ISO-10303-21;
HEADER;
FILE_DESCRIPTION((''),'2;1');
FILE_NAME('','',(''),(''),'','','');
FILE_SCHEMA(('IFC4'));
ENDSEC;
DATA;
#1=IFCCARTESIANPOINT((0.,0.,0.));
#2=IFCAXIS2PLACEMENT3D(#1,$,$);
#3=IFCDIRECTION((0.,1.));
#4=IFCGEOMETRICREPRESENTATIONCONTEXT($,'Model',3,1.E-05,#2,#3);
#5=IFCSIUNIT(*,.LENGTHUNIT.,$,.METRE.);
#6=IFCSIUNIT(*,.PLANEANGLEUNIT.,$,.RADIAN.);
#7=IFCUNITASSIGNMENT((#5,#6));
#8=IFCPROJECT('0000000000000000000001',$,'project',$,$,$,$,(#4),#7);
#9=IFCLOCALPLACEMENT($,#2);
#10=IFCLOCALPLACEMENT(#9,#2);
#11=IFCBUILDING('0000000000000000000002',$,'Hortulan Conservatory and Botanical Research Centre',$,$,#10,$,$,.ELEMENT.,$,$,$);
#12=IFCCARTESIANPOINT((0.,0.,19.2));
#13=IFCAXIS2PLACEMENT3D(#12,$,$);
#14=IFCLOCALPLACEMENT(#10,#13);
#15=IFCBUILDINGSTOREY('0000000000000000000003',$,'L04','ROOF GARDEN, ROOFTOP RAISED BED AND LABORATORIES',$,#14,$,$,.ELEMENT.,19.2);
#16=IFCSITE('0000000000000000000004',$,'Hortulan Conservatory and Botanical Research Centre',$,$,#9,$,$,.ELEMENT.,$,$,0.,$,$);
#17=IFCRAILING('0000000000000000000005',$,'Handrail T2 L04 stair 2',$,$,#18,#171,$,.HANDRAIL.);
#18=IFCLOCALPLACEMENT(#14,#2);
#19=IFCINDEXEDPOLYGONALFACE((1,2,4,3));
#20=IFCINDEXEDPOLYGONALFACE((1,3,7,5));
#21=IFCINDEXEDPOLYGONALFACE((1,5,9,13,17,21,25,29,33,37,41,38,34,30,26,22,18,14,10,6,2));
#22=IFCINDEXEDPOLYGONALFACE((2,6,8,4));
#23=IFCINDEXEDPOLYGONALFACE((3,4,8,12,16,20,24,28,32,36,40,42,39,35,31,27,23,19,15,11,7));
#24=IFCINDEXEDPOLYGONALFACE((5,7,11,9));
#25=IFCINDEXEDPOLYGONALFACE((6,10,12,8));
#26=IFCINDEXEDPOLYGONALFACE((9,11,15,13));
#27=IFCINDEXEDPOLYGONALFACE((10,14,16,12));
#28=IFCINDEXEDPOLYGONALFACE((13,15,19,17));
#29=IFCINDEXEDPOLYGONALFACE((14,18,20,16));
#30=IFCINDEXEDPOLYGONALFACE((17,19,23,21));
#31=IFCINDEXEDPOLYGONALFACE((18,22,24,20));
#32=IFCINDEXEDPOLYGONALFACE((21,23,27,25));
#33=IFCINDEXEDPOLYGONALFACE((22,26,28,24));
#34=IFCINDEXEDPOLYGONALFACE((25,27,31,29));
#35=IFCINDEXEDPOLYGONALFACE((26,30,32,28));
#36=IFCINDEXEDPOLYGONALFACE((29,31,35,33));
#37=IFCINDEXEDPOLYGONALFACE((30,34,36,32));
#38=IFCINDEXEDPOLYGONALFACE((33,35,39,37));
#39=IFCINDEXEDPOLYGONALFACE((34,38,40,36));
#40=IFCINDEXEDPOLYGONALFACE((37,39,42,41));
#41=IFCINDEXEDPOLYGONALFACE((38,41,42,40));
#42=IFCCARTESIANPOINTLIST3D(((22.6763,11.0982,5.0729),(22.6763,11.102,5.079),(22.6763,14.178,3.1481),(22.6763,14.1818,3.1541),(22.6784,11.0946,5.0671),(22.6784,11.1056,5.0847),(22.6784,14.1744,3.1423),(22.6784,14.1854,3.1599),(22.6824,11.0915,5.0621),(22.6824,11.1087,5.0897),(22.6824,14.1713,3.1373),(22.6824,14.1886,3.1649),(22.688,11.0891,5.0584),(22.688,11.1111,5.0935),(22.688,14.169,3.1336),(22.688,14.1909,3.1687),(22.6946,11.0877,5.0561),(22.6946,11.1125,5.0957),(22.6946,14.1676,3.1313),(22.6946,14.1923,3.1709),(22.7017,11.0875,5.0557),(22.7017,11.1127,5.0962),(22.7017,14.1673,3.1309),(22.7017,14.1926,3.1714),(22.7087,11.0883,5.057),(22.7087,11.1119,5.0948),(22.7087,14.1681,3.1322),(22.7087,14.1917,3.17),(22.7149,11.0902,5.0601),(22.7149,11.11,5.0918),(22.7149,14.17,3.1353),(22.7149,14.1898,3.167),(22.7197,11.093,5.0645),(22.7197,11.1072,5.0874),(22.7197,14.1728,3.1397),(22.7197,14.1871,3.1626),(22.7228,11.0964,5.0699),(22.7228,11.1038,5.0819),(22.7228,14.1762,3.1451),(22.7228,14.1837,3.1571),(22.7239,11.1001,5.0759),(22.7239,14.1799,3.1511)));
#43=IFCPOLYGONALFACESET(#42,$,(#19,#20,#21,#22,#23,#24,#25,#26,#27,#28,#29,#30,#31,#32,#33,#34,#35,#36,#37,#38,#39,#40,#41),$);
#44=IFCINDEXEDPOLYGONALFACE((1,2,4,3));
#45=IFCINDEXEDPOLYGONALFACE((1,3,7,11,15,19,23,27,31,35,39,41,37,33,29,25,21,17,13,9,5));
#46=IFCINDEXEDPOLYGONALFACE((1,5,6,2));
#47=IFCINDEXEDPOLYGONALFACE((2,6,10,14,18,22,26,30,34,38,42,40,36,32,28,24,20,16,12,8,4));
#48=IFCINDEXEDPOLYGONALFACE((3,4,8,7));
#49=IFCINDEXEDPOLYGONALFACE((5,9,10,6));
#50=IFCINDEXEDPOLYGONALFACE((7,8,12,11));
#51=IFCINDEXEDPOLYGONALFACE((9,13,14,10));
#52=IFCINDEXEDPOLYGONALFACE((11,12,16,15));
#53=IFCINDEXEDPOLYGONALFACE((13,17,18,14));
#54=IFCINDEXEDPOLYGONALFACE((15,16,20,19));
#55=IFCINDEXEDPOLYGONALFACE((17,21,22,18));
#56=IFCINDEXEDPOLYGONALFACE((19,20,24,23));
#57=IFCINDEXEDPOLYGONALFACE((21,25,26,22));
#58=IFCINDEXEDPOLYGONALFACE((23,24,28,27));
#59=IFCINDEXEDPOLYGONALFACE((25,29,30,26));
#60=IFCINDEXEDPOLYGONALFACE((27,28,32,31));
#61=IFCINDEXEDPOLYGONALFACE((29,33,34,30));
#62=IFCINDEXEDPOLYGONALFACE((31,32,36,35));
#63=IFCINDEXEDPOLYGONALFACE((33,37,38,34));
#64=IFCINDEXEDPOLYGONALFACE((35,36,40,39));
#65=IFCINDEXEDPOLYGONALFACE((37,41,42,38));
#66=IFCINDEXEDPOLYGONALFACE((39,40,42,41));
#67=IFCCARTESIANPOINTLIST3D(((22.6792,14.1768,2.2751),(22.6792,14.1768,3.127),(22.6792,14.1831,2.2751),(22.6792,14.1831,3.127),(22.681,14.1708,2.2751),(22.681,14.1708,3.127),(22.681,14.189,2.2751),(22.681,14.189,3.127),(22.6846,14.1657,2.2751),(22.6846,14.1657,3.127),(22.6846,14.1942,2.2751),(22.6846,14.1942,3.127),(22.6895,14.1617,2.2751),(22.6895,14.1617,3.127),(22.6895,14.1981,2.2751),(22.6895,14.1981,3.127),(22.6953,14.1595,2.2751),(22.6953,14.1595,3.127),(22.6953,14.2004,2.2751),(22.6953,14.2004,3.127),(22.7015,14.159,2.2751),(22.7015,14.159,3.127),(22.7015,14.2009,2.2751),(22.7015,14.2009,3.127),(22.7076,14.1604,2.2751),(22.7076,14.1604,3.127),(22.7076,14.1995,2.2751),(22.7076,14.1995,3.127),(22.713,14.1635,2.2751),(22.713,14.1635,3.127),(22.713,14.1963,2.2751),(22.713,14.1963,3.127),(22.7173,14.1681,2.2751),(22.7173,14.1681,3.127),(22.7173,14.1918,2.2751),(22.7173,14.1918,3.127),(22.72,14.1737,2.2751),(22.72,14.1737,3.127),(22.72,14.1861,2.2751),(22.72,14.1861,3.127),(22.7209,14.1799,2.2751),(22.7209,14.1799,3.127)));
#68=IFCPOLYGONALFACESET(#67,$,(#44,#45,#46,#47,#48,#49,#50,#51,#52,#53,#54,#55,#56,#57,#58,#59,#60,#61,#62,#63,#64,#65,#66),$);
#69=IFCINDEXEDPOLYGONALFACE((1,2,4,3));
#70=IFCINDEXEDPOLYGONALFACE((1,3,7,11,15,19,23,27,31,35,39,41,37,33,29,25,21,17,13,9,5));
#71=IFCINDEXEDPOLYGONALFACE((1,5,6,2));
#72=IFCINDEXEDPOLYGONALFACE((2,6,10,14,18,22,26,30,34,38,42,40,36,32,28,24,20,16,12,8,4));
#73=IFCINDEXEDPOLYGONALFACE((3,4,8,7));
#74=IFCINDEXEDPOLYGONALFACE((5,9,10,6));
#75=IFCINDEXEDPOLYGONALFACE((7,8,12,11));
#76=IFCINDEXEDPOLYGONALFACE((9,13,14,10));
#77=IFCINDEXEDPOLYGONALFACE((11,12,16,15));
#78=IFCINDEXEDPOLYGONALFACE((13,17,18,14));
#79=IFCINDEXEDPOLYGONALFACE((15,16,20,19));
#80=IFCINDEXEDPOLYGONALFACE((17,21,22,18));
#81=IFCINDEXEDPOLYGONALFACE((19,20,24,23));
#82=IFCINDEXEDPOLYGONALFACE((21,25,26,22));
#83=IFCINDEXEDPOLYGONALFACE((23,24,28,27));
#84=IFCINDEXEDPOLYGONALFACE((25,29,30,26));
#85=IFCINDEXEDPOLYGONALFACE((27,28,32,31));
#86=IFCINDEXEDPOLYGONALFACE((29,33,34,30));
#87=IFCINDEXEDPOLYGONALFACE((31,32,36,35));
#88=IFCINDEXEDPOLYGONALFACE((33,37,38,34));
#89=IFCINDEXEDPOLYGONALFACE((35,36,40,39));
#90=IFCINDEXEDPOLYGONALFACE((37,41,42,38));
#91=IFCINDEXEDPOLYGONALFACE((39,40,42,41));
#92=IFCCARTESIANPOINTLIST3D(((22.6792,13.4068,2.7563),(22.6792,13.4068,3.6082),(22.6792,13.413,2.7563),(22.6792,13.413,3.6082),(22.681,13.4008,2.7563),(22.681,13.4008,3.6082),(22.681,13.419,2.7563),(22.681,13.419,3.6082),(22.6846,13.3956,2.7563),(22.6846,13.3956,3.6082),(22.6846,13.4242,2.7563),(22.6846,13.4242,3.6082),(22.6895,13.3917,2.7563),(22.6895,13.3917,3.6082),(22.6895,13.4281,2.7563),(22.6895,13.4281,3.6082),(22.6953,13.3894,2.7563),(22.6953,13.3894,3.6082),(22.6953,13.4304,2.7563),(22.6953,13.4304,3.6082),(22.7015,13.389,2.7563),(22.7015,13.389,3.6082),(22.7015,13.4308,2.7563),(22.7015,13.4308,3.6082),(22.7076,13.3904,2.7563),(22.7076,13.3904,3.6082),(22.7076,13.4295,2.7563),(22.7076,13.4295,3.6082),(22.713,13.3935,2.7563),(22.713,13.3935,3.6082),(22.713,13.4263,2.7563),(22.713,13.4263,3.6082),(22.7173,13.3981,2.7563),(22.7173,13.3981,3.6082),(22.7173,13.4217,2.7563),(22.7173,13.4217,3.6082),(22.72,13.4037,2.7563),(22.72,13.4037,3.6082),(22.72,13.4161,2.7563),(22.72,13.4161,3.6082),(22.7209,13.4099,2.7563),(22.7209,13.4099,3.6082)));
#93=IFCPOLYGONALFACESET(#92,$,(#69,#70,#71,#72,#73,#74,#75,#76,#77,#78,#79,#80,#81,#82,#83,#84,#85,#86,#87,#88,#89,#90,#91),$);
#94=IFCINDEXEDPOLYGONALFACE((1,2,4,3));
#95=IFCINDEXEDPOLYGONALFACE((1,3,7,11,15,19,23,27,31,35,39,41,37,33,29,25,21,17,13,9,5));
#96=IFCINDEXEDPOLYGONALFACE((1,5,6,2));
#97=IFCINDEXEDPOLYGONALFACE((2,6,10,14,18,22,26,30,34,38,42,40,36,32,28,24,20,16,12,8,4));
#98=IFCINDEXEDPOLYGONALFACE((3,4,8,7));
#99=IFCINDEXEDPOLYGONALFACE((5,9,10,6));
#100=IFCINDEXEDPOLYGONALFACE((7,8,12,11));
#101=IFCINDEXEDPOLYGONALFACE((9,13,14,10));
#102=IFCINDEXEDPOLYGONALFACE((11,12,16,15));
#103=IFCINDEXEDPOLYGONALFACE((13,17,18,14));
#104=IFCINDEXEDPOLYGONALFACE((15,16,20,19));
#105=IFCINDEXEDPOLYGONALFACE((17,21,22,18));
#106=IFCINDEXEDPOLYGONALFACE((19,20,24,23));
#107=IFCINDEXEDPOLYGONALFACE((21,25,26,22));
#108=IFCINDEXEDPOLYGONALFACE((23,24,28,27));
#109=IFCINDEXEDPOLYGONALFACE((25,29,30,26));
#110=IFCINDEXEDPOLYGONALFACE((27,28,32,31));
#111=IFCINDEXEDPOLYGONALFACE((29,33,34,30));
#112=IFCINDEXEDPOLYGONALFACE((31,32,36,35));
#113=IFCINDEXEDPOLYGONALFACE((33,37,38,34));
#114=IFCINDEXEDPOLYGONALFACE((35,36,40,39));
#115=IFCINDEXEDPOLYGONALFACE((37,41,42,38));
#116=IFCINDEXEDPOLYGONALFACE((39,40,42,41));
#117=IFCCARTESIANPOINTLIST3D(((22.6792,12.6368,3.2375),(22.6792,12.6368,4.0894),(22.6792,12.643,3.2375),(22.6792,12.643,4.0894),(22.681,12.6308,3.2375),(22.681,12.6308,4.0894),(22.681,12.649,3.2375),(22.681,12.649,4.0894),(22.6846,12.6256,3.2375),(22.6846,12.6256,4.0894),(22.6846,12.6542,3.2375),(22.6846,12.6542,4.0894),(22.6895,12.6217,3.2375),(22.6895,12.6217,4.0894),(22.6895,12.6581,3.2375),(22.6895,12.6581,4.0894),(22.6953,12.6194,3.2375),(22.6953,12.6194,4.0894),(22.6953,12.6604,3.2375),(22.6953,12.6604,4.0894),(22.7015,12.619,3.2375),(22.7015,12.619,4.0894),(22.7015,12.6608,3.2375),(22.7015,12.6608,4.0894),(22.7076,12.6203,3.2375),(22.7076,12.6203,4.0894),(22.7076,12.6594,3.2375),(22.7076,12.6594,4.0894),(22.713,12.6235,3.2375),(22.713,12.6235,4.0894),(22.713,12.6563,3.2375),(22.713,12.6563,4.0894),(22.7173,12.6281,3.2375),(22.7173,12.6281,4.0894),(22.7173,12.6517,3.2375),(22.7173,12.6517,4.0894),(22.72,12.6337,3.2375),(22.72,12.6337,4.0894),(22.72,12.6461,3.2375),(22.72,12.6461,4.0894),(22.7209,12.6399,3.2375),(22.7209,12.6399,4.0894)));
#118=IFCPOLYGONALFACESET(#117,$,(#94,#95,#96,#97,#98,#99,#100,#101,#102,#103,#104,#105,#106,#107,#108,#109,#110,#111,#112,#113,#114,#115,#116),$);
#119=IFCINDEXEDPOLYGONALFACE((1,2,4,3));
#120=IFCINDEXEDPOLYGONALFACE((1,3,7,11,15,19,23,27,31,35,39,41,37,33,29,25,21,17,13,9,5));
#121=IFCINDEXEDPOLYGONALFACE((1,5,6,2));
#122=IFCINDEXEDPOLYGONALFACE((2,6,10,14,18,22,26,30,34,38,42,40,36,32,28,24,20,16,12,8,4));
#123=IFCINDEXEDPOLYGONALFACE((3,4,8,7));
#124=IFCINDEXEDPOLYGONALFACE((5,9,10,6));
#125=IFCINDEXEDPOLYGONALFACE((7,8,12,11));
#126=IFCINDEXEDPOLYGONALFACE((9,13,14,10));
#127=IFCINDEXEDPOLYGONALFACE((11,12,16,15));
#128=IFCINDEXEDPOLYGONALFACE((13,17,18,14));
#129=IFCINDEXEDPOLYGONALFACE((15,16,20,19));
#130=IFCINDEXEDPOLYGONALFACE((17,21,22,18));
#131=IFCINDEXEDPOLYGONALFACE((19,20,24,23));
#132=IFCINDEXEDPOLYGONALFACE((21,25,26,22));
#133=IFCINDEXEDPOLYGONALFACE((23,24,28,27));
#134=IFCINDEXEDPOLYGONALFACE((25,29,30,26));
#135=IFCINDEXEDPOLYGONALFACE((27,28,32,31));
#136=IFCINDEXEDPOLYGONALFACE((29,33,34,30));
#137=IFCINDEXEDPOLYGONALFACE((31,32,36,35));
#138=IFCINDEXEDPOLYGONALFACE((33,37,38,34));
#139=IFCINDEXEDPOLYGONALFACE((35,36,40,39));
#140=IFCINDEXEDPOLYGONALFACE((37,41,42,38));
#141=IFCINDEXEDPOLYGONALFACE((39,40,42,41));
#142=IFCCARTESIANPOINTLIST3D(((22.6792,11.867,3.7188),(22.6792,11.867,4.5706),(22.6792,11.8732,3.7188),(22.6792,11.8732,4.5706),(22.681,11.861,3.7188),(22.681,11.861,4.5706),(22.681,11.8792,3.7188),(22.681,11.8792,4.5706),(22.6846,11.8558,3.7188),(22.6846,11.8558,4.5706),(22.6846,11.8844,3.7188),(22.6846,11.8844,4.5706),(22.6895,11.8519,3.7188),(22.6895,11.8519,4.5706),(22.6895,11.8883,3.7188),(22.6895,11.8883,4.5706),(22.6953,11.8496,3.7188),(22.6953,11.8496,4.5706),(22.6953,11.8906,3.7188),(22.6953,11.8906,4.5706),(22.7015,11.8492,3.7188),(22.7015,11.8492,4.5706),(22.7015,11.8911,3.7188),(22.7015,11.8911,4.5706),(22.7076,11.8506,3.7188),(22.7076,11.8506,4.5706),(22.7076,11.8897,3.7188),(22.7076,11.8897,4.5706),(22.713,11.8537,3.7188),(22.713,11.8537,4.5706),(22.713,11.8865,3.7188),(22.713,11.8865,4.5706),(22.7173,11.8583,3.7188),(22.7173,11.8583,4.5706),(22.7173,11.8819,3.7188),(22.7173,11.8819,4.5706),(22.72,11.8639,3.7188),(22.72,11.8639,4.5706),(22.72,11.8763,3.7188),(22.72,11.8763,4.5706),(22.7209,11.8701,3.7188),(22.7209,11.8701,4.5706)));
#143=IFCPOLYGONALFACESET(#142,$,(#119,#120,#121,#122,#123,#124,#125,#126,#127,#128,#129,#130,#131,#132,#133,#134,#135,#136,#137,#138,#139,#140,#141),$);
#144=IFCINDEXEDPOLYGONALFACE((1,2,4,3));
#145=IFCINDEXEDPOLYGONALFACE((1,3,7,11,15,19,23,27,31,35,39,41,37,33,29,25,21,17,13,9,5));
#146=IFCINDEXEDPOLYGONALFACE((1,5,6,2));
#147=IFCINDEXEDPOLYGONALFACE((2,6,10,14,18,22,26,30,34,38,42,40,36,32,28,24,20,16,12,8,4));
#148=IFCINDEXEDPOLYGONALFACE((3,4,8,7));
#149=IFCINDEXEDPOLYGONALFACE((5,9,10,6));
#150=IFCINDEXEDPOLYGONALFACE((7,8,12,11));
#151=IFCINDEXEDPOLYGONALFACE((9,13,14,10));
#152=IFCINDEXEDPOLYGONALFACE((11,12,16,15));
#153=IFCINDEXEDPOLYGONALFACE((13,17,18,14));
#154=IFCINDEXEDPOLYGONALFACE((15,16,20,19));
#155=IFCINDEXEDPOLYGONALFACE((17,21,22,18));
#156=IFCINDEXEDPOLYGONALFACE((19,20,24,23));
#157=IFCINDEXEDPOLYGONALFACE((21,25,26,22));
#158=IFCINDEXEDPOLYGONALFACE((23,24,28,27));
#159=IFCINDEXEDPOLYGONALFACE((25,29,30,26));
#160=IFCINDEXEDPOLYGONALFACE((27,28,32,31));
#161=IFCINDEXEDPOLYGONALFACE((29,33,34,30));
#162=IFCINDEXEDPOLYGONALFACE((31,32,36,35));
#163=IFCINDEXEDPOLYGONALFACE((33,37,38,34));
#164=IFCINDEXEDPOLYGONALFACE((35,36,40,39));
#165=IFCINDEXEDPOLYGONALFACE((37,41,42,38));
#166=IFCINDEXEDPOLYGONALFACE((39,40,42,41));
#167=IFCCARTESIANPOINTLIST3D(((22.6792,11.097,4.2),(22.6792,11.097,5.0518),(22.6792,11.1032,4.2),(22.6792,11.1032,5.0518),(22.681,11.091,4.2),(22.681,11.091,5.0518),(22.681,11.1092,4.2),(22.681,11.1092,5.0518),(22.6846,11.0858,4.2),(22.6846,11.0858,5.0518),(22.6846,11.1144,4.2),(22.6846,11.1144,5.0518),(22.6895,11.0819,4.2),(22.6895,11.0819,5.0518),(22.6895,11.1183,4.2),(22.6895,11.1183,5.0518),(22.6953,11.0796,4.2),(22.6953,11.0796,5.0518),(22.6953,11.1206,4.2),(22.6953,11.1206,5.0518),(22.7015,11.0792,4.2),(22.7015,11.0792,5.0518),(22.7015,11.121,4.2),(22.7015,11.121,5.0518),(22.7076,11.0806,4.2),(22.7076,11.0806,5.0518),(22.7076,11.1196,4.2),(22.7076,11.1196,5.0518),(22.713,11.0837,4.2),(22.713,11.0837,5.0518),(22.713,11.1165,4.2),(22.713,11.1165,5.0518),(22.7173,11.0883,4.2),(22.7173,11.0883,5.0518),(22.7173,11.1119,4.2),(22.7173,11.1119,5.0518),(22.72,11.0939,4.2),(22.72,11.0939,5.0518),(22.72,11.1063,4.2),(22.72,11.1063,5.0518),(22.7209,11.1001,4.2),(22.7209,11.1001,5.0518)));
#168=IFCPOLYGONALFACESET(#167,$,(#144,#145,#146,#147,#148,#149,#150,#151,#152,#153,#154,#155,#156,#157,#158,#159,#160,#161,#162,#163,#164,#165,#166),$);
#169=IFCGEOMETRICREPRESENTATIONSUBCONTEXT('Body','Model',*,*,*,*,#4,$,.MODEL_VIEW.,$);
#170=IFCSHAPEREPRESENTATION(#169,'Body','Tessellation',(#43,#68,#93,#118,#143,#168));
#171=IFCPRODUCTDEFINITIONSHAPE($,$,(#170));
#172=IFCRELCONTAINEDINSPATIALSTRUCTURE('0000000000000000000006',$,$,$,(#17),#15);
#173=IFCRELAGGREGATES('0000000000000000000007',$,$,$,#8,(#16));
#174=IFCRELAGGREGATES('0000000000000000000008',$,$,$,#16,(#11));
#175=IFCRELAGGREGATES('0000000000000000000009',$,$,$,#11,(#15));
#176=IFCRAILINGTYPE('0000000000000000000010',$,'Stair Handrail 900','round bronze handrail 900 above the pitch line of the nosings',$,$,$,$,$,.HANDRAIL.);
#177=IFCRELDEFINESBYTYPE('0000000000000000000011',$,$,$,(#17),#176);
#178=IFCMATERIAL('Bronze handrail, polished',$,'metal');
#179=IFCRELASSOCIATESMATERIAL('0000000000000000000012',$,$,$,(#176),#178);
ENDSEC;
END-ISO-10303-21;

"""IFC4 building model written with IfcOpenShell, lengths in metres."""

from ifc_helpers import new_model, si_unit, direction, frame, origin, origin_2d, place, context, subcontext, project, spatial, circle, extrude, material, type_object, element, save


model = new_model("IFC4")

# Units and contexts
model_context = context("Model", 3, precision=1e-05, world=origin(), true_north=direction((0.0, 1.0)))
body_context = subcontext(model_context, "Body", "Model", "MODEL_VIEW")
ifc_project = project(units=[si_unit("LENGTHUNIT", "METRE"), si_unit("PLANEANGLEUNIT", "RADIAN")], contexts=[model_context])

# Site, building, storey
site_placement = place(None, origin())
site = spatial("IfcSite", under=ifc_project, at=site_placement, Name="Hortulan Conservatory and Botanical Research Centre", CompositionType="ELEMENT", RefElevation=0.0)
building_placement = place(site_placement, origin())
building = spatial("IfcBuilding", under=site, at=building_placement, Name="Hortulan Conservatory and Botanical Research Centre", CompositionType="ELEMENT")
storey_placement = place(building_placement, frame((0.0, 0.0, 19.2)))
storey = spatial("IfcBuildingStorey", under=building, at=storey_placement, Name="L04", Description="ROOF GARDEN, ROOFTOP RAISED BED AND LABORATORIES", CompositionType="ELEMENT", Elevation=19.2)

# Railing
ifc_material_1 = material(Name="Bronze handrail, polished", Category="metal")
railing_type_1 = type_object("IfcRailingType", Name="Stair Handrail 900", Description="round bronze handrail 900 above the pitch line of the nosings", PredefinedType="HANDRAIL", material=ifc_material_1)
for number, where, name in (
    (1, (22.7, 14.1799, 2.2751), "Handrail T2 L04 stair 2"),
):
    element("IfcRailing", number, at=place(storey_placement, frame(where)), inside=storey, type_object=railing_type_1, Name=name, PredefinedType="HANDRAIL", context=body_context, shape_type="SweptSolid", body=[
        extrude(circle(Radius=0.0239, at=origin_2d()), frame((0.0, 0.0, 0.876), z_axis=(0.0, -0.84801, 0.529981), x_axis=(1.0, 0.0, 0.0)), (0.0, 0.0, 1.0), 3.6318),
        extrude(circle(Radius=0.021, at=origin_2d()), origin(), (0.0, 0.0, 1.0), 0.8518),
        extrude(circle(Radius=0.021, at=origin_2d()), frame((0.0, -0.77, 0.4812)), (0.0, 0.0, 1.0), 0.8518),
        extrude(circle(Radius=0.021, at=origin_2d()), frame((0.0, -1.54, 0.9624)), (0.0, 0.0, 1.0), 0.8518),
        extrude(circle(Radius=0.021, at=origin_2d()), frame((0.0, -2.3098, 1.4436)), (0.0, 0.0, 1.0), 0.8518),
        extrude(circle(Radius=0.021, at=origin_2d()), frame((0.0, -3.0798, 1.9248)), (0.0, 0.0, 1.0), 0.8518),
    ])

save(model, "model.ifc")
